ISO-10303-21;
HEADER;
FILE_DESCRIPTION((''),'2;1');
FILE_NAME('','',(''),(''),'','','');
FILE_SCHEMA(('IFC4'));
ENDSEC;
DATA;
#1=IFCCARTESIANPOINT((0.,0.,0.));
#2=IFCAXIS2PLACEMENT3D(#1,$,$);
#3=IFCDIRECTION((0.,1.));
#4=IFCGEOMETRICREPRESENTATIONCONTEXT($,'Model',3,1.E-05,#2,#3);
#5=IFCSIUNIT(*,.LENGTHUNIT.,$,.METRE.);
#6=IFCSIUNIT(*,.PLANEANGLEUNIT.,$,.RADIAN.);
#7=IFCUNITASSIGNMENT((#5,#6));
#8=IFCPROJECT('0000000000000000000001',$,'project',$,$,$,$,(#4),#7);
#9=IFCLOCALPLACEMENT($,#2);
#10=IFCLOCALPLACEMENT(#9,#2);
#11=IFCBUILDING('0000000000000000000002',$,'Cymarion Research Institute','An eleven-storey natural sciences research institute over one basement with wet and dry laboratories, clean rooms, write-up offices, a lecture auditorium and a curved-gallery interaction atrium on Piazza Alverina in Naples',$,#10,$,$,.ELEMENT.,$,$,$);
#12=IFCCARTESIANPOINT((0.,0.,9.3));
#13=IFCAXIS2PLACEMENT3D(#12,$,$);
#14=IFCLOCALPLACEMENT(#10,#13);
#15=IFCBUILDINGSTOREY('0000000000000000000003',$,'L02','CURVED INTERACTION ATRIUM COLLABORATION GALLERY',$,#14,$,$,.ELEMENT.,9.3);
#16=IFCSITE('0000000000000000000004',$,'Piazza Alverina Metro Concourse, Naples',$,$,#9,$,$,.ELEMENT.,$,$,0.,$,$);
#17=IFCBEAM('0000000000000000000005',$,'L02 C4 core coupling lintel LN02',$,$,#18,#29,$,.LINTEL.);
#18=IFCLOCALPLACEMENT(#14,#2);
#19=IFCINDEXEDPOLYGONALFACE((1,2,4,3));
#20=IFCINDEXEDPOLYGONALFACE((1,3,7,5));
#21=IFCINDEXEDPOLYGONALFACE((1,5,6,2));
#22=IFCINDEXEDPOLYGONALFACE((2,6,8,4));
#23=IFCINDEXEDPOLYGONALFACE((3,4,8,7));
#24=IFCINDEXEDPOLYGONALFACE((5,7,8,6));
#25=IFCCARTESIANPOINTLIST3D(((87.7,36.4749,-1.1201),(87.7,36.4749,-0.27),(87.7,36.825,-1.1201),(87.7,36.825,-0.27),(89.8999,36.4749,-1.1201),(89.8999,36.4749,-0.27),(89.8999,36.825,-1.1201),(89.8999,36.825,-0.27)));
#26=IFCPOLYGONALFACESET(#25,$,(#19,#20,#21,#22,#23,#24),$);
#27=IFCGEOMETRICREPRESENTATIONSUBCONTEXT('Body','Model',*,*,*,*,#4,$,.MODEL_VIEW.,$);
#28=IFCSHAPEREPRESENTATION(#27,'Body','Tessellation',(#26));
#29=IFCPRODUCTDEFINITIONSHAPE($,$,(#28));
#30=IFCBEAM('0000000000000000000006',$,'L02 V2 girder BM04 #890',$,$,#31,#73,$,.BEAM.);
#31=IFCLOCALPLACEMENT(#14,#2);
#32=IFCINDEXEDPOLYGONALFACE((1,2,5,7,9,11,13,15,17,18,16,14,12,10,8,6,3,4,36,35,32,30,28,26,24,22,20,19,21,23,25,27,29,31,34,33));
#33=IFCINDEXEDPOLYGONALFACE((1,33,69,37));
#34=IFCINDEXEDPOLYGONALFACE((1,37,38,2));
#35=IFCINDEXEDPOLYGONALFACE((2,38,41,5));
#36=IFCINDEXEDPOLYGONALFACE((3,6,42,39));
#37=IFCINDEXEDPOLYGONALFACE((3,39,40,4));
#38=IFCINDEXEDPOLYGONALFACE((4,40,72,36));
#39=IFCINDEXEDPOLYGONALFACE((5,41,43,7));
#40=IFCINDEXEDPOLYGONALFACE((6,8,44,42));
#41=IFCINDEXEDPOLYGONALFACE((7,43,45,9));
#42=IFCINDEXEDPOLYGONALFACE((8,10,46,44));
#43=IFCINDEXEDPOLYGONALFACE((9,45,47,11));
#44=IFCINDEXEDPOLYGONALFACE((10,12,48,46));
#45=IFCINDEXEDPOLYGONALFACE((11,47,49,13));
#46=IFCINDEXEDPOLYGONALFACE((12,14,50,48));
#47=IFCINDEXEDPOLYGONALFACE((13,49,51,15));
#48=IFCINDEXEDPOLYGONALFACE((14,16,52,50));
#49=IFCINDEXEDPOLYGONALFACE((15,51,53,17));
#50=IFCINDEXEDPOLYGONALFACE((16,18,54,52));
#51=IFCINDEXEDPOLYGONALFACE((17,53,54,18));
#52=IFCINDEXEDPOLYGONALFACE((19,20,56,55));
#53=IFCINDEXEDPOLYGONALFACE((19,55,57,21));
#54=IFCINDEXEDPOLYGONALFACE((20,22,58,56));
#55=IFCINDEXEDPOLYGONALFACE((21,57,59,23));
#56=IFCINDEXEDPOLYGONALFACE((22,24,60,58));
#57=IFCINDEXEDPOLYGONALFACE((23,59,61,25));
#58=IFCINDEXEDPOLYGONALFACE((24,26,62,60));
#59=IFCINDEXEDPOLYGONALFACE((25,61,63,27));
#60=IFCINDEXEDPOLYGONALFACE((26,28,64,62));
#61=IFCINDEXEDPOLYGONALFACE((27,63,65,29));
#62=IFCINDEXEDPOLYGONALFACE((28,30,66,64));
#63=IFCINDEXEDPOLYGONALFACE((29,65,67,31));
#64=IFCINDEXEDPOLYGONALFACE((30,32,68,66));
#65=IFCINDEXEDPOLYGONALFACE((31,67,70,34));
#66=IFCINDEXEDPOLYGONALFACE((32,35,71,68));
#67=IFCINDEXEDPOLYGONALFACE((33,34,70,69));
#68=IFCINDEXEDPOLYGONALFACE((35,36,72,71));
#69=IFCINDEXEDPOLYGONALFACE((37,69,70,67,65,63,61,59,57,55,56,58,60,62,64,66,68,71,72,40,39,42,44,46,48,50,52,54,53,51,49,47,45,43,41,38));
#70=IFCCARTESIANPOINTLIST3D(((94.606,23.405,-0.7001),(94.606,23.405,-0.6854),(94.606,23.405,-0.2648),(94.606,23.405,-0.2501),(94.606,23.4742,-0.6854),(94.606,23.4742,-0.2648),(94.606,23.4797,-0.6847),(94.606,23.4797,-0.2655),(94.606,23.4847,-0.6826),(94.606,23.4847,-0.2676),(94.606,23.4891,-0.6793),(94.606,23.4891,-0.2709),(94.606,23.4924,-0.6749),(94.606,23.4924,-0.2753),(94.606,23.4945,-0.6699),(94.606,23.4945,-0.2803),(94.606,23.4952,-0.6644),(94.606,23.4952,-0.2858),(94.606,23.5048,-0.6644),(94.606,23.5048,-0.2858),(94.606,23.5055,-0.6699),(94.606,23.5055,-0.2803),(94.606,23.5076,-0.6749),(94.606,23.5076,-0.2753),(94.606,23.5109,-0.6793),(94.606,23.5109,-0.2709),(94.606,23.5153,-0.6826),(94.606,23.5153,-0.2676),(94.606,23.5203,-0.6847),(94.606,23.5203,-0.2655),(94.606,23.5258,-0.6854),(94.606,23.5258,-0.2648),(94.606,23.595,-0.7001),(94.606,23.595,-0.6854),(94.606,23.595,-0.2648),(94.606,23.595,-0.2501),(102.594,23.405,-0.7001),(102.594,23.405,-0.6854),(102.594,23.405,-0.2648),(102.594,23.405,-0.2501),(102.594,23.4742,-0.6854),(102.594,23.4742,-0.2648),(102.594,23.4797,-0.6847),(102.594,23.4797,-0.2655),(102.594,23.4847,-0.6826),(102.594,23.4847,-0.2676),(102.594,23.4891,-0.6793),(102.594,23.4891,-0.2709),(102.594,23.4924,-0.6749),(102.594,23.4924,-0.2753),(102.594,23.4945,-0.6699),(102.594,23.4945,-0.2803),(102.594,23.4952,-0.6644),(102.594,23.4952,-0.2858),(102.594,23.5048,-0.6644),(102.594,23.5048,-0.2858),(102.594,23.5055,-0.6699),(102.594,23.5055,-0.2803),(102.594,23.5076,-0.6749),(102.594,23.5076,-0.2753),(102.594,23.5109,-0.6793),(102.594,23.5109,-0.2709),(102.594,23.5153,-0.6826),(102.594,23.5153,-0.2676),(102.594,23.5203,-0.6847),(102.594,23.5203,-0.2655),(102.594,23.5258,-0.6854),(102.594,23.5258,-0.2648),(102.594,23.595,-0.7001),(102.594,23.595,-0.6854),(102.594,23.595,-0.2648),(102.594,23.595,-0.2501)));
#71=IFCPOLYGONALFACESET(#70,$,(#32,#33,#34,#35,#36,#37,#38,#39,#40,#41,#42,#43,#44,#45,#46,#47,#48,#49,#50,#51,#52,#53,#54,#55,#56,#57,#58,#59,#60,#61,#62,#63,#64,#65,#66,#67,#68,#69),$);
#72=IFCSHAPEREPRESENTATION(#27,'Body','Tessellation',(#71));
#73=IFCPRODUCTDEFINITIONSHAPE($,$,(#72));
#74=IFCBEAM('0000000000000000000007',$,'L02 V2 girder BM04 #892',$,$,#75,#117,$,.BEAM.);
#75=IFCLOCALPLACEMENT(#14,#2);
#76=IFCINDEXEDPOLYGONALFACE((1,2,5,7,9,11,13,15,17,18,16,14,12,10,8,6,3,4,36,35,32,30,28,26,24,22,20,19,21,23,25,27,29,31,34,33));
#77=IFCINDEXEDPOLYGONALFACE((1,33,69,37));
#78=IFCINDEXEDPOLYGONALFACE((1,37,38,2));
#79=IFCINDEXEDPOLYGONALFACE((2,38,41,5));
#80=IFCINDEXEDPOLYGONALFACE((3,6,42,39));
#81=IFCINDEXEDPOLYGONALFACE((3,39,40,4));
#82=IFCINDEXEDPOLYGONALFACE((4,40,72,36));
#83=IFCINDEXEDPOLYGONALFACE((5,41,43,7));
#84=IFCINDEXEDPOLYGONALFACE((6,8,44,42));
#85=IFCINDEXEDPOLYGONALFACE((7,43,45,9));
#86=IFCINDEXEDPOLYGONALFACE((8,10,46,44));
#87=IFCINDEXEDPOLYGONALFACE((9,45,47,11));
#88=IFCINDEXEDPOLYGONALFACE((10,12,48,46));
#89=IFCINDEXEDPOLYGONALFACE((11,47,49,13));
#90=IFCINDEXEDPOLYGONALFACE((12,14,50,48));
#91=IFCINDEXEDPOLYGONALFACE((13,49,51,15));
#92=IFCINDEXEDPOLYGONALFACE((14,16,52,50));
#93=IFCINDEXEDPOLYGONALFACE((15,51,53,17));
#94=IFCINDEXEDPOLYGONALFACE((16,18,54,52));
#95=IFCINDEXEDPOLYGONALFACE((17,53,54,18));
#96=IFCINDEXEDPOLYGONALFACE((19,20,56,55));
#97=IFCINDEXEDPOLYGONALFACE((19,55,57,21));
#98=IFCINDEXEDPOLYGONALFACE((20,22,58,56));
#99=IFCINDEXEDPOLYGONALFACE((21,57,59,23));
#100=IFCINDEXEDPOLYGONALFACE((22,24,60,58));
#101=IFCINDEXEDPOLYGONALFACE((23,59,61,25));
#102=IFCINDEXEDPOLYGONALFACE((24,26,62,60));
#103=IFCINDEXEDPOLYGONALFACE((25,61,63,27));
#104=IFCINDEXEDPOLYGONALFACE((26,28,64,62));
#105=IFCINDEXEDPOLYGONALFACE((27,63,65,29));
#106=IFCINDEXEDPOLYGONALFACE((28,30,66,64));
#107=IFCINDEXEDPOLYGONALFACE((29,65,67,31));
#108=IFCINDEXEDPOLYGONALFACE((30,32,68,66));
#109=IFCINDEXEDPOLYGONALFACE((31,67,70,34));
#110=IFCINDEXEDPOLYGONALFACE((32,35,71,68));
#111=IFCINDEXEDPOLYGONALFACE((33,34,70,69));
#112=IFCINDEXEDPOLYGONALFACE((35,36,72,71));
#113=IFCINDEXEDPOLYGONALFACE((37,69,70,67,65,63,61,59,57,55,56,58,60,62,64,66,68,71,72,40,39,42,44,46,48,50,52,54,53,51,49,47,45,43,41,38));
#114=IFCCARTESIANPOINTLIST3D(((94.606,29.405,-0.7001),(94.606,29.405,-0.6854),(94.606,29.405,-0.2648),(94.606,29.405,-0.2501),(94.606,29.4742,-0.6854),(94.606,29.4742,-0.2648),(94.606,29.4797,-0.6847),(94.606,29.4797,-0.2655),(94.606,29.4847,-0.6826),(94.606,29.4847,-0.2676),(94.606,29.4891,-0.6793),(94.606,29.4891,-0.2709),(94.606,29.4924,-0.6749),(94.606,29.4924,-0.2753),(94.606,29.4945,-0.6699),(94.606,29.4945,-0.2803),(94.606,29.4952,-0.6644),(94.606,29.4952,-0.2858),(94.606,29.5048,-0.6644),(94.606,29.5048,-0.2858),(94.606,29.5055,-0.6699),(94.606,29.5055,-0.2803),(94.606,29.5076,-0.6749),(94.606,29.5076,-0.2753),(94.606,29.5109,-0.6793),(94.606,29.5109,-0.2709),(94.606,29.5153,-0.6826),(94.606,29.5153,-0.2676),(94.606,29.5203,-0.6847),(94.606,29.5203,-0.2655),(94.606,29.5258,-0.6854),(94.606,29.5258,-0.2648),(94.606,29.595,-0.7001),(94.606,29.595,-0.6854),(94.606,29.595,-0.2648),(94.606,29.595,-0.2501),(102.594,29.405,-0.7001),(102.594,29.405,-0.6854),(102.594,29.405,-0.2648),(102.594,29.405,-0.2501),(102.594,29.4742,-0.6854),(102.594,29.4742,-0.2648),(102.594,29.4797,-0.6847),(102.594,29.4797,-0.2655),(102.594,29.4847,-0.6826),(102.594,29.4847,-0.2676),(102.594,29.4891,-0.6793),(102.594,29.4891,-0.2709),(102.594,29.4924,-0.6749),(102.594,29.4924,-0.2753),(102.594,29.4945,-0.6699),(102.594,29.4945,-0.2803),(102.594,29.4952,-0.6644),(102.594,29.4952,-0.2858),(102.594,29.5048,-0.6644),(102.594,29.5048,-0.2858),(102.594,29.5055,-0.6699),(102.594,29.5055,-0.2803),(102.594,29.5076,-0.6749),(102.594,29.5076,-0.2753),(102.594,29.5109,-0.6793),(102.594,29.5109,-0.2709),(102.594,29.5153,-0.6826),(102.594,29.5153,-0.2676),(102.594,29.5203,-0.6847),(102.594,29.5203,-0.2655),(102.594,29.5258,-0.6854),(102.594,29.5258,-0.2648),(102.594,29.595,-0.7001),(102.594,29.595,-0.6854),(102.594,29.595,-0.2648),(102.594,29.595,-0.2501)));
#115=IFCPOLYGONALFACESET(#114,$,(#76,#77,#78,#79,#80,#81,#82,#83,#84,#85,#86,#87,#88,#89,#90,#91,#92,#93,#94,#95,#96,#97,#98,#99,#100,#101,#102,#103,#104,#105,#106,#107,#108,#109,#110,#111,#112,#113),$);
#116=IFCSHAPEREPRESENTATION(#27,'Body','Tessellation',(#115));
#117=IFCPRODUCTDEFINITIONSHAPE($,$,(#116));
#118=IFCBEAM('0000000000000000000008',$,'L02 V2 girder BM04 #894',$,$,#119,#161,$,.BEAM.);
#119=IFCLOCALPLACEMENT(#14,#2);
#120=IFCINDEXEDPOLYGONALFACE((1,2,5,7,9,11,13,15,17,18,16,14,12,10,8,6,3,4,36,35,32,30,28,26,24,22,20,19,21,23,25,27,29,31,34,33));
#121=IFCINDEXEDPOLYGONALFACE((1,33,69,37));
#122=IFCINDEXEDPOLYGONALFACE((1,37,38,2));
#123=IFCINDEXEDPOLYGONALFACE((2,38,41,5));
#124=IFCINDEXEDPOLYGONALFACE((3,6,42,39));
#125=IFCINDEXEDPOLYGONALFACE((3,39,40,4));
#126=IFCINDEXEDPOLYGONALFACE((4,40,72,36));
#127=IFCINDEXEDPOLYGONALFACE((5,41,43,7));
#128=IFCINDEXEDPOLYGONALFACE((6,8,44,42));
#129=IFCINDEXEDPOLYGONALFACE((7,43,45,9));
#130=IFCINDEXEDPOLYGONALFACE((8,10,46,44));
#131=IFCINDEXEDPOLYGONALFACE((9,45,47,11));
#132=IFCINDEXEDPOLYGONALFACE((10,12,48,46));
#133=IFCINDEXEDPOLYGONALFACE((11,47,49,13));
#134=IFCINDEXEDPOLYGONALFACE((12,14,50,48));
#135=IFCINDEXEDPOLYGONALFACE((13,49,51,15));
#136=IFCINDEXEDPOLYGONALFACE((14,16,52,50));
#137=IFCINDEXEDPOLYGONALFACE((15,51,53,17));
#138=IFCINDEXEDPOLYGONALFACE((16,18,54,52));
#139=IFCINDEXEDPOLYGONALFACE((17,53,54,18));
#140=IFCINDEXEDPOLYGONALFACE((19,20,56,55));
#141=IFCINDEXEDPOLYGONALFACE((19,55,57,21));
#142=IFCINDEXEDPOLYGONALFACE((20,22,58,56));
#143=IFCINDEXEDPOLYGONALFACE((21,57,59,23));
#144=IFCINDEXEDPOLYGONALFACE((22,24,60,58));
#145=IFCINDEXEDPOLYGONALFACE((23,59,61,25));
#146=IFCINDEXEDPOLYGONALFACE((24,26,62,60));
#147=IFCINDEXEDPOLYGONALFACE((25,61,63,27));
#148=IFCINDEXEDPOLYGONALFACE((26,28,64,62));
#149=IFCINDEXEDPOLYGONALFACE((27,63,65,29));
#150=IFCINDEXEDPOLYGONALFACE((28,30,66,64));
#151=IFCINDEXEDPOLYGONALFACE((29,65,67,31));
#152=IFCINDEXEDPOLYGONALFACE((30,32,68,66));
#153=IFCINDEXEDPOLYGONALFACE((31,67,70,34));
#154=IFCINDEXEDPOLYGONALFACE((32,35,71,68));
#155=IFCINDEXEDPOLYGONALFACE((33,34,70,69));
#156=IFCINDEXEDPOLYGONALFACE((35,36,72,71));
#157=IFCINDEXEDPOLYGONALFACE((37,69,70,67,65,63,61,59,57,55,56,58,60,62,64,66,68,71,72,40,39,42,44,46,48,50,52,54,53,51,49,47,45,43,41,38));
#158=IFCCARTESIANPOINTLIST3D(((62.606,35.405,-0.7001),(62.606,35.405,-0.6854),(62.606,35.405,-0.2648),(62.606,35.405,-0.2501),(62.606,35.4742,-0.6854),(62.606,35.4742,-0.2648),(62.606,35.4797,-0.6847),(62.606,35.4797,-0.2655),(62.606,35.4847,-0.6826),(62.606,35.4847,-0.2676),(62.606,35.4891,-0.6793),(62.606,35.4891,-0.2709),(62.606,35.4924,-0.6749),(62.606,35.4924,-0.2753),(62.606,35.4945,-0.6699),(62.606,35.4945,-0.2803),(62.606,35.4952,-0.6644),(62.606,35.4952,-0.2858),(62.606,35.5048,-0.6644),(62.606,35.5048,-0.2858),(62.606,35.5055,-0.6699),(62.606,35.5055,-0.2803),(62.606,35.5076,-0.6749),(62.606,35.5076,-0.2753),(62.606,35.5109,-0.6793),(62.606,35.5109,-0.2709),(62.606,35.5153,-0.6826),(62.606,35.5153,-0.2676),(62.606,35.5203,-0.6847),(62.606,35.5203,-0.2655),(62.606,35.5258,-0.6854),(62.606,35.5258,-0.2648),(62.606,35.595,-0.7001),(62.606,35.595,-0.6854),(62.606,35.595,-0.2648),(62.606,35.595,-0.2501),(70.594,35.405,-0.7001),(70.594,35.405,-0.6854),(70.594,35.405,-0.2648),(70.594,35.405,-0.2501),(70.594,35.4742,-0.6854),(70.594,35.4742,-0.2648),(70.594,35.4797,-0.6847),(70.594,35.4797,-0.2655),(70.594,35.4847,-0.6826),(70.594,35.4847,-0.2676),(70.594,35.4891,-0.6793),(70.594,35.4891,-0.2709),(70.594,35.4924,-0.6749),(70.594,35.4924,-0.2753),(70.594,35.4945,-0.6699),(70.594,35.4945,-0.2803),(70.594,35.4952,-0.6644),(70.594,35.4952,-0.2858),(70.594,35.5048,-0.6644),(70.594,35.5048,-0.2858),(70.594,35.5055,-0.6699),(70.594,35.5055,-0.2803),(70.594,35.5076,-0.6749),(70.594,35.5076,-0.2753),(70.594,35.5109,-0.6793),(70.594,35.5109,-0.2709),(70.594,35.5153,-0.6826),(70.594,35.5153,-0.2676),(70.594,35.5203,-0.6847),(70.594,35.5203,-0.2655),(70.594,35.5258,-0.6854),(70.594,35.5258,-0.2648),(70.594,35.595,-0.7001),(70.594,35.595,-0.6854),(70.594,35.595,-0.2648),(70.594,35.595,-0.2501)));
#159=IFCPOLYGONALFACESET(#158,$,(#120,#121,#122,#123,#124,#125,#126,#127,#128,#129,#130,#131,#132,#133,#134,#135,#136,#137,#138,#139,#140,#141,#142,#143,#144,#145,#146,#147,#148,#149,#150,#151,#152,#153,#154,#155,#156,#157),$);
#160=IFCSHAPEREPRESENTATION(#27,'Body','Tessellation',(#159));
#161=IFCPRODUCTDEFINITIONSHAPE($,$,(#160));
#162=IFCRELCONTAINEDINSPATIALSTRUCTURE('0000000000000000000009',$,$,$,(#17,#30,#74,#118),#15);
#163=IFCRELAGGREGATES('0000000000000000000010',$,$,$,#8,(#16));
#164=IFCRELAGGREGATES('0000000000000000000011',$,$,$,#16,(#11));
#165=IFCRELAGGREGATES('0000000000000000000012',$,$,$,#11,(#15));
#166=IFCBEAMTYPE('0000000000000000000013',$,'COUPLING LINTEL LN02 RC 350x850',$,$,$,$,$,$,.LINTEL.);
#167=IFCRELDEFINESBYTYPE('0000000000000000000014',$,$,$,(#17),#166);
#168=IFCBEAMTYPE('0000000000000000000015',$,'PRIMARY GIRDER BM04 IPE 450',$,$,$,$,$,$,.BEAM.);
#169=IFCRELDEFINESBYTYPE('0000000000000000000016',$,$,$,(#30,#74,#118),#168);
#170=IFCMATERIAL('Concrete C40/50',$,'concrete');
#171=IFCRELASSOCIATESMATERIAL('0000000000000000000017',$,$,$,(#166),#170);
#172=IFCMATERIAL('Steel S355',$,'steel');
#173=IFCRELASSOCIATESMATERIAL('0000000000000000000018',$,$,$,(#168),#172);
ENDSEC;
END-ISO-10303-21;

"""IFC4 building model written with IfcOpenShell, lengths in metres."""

from ifc_helpers import new_model, si_unit, direction, frame, origin, origin_2d, place, context, subcontext, project, spatial, rectangle, i_section, extrude, material, material_profile, profile_set, type_object, element, save


model = new_model("IFC4")

# Units and contexts
model_context = context("Model", 3, precision=1e-05, world=origin(), true_north=direction((0.0, 1.0)))
body_context = subcontext(model_context, "Body", "Model", "MODEL_VIEW")
ifc_project = project(units=[si_unit("LENGTHUNIT", "METRE"), si_unit("PLANEANGLEUNIT", "RADIAN")], contexts=[model_context])

# Site, building, storey
site_placement = place(None, origin())
site = spatial("IfcSite", under=ifc_project, at=site_placement, Name="Piazza Alverina Metro Concourse, Naples", CompositionType="ELEMENT", RefElevation=0.0)
building_placement = place(site_placement, origin())
building = spatial("IfcBuilding", under=site, at=building_placement, Name="Cymarion Research Institute", Description="An eleven-storey natural sciences research institute over one basement with wet and dry laboratories, clean rooms, write-up offices, a lecture auditorium and a curved-gallery interaction atrium on Piazza Alverina in Naples", CompositionType="ELEMENT")
storey_placement = place(building_placement, frame((0.0, 0.0, 9.3)))
storey = spatial("IfcBuildingStorey", under=building, at=storey_placement, Name="L02", Description="CURVED INTERACTION ATRIUM COLLABORATION GALLERY", CompositionType="ELEMENT", Elevation=9.3)

# Shared definitions
ifc_material_1 = material(Name="Steel S355", Category="steel")

# Beams
ifc_material_2 = material(Name="Concrete C40/50", Category="concrete")
ifc_material_profile_1 = material_profile(ifc_material_2, rectangle(XDim=0.3501, YDim=0.8501, at=origin_2d()), Name="RC 350x850")
ifc_profile_set_1 = profile_set([ifc_material_profile_1], Name="Concrete C40/50")
beam_type_1 = type_object("IfcBeamType", Name="COUPLING LINTEL LN02 RC 350x850", PredefinedType="LINTEL", material=ifc_profile_set_1)
beam_placement = place(storey_placement, frame((87.7, 36.6499, -0.6951), z_axis=(1.0, 0.0, 0.0), x_axis=(0.0, 1.0, 0.0)))
element("IfcBeam", 1, at=beam_placement, inside=storey, type_object=beam_type_1, Name="L02 C4 core coupling lintel LN02", PredefinedType="LINTEL", context=body_context, shape_type="SweptSolid", body=[
    extrude(rectangle(XDim=0.3501, YDim=0.8501, at=origin_2d()), origin(), (0.0, 0.0, 1.0), 2.2),
])
ifc_material_profile_2 = material_profile(ifc_material_1, i_section(OverallWidth=0.1899, OverallDepth=0.45, WebThickness=0.0095, FlangeThickness=0.0146, FilletRadius=0.021, at=origin_2d()), Name="IPE 450")
ifc_profile_set_2 = profile_set([ifc_material_profile_2], Name="Steel S355")
beam_type_2 = type_object("IfcBeamType", Name="PRIMARY GIRDER BM04 IPE 450", PredefinedType="BEAM", material=ifc_profile_set_2)
for number, where, z_axis, x_axis, name in (
    (2, (94.606, 23.5, -0.4751), (1.0, 0.0, 0.0), (0.0, 1.0, 0.0), "L02 V2 girder BM04 #890"),
    (3, (94.606, 29.5, -0.4751), (1.0, 0.0, 0.0), (0.0, 1.0, 0.0), "L02 V2 girder BM04 #892"),
    (4, (62.606, 35.5, -0.4751), (1.0, 0.0, 0.0), (0.0, 1.0, 0.0), "L02 V2 girder BM04 #894"),
):
    element("IfcBeam", number, at=place(storey_placement, frame(where, z_axis=z_axis, x_axis=x_axis)), inside=storey, type_object=beam_type_2, Name=name, PredefinedType="BEAM", context=body_context, shape_type="SweptSolid", body=[
        extrude(i_section(OverallWidth=0.1899, OverallDepth=0.45, WebThickness=0.0095, FlangeThickness=0.0146, FilletRadius=0.021, at=origin_2d()), origin(), (0.0, 0.0, 1.0), 7.988),
    ])

save(model, "model.ifc")
